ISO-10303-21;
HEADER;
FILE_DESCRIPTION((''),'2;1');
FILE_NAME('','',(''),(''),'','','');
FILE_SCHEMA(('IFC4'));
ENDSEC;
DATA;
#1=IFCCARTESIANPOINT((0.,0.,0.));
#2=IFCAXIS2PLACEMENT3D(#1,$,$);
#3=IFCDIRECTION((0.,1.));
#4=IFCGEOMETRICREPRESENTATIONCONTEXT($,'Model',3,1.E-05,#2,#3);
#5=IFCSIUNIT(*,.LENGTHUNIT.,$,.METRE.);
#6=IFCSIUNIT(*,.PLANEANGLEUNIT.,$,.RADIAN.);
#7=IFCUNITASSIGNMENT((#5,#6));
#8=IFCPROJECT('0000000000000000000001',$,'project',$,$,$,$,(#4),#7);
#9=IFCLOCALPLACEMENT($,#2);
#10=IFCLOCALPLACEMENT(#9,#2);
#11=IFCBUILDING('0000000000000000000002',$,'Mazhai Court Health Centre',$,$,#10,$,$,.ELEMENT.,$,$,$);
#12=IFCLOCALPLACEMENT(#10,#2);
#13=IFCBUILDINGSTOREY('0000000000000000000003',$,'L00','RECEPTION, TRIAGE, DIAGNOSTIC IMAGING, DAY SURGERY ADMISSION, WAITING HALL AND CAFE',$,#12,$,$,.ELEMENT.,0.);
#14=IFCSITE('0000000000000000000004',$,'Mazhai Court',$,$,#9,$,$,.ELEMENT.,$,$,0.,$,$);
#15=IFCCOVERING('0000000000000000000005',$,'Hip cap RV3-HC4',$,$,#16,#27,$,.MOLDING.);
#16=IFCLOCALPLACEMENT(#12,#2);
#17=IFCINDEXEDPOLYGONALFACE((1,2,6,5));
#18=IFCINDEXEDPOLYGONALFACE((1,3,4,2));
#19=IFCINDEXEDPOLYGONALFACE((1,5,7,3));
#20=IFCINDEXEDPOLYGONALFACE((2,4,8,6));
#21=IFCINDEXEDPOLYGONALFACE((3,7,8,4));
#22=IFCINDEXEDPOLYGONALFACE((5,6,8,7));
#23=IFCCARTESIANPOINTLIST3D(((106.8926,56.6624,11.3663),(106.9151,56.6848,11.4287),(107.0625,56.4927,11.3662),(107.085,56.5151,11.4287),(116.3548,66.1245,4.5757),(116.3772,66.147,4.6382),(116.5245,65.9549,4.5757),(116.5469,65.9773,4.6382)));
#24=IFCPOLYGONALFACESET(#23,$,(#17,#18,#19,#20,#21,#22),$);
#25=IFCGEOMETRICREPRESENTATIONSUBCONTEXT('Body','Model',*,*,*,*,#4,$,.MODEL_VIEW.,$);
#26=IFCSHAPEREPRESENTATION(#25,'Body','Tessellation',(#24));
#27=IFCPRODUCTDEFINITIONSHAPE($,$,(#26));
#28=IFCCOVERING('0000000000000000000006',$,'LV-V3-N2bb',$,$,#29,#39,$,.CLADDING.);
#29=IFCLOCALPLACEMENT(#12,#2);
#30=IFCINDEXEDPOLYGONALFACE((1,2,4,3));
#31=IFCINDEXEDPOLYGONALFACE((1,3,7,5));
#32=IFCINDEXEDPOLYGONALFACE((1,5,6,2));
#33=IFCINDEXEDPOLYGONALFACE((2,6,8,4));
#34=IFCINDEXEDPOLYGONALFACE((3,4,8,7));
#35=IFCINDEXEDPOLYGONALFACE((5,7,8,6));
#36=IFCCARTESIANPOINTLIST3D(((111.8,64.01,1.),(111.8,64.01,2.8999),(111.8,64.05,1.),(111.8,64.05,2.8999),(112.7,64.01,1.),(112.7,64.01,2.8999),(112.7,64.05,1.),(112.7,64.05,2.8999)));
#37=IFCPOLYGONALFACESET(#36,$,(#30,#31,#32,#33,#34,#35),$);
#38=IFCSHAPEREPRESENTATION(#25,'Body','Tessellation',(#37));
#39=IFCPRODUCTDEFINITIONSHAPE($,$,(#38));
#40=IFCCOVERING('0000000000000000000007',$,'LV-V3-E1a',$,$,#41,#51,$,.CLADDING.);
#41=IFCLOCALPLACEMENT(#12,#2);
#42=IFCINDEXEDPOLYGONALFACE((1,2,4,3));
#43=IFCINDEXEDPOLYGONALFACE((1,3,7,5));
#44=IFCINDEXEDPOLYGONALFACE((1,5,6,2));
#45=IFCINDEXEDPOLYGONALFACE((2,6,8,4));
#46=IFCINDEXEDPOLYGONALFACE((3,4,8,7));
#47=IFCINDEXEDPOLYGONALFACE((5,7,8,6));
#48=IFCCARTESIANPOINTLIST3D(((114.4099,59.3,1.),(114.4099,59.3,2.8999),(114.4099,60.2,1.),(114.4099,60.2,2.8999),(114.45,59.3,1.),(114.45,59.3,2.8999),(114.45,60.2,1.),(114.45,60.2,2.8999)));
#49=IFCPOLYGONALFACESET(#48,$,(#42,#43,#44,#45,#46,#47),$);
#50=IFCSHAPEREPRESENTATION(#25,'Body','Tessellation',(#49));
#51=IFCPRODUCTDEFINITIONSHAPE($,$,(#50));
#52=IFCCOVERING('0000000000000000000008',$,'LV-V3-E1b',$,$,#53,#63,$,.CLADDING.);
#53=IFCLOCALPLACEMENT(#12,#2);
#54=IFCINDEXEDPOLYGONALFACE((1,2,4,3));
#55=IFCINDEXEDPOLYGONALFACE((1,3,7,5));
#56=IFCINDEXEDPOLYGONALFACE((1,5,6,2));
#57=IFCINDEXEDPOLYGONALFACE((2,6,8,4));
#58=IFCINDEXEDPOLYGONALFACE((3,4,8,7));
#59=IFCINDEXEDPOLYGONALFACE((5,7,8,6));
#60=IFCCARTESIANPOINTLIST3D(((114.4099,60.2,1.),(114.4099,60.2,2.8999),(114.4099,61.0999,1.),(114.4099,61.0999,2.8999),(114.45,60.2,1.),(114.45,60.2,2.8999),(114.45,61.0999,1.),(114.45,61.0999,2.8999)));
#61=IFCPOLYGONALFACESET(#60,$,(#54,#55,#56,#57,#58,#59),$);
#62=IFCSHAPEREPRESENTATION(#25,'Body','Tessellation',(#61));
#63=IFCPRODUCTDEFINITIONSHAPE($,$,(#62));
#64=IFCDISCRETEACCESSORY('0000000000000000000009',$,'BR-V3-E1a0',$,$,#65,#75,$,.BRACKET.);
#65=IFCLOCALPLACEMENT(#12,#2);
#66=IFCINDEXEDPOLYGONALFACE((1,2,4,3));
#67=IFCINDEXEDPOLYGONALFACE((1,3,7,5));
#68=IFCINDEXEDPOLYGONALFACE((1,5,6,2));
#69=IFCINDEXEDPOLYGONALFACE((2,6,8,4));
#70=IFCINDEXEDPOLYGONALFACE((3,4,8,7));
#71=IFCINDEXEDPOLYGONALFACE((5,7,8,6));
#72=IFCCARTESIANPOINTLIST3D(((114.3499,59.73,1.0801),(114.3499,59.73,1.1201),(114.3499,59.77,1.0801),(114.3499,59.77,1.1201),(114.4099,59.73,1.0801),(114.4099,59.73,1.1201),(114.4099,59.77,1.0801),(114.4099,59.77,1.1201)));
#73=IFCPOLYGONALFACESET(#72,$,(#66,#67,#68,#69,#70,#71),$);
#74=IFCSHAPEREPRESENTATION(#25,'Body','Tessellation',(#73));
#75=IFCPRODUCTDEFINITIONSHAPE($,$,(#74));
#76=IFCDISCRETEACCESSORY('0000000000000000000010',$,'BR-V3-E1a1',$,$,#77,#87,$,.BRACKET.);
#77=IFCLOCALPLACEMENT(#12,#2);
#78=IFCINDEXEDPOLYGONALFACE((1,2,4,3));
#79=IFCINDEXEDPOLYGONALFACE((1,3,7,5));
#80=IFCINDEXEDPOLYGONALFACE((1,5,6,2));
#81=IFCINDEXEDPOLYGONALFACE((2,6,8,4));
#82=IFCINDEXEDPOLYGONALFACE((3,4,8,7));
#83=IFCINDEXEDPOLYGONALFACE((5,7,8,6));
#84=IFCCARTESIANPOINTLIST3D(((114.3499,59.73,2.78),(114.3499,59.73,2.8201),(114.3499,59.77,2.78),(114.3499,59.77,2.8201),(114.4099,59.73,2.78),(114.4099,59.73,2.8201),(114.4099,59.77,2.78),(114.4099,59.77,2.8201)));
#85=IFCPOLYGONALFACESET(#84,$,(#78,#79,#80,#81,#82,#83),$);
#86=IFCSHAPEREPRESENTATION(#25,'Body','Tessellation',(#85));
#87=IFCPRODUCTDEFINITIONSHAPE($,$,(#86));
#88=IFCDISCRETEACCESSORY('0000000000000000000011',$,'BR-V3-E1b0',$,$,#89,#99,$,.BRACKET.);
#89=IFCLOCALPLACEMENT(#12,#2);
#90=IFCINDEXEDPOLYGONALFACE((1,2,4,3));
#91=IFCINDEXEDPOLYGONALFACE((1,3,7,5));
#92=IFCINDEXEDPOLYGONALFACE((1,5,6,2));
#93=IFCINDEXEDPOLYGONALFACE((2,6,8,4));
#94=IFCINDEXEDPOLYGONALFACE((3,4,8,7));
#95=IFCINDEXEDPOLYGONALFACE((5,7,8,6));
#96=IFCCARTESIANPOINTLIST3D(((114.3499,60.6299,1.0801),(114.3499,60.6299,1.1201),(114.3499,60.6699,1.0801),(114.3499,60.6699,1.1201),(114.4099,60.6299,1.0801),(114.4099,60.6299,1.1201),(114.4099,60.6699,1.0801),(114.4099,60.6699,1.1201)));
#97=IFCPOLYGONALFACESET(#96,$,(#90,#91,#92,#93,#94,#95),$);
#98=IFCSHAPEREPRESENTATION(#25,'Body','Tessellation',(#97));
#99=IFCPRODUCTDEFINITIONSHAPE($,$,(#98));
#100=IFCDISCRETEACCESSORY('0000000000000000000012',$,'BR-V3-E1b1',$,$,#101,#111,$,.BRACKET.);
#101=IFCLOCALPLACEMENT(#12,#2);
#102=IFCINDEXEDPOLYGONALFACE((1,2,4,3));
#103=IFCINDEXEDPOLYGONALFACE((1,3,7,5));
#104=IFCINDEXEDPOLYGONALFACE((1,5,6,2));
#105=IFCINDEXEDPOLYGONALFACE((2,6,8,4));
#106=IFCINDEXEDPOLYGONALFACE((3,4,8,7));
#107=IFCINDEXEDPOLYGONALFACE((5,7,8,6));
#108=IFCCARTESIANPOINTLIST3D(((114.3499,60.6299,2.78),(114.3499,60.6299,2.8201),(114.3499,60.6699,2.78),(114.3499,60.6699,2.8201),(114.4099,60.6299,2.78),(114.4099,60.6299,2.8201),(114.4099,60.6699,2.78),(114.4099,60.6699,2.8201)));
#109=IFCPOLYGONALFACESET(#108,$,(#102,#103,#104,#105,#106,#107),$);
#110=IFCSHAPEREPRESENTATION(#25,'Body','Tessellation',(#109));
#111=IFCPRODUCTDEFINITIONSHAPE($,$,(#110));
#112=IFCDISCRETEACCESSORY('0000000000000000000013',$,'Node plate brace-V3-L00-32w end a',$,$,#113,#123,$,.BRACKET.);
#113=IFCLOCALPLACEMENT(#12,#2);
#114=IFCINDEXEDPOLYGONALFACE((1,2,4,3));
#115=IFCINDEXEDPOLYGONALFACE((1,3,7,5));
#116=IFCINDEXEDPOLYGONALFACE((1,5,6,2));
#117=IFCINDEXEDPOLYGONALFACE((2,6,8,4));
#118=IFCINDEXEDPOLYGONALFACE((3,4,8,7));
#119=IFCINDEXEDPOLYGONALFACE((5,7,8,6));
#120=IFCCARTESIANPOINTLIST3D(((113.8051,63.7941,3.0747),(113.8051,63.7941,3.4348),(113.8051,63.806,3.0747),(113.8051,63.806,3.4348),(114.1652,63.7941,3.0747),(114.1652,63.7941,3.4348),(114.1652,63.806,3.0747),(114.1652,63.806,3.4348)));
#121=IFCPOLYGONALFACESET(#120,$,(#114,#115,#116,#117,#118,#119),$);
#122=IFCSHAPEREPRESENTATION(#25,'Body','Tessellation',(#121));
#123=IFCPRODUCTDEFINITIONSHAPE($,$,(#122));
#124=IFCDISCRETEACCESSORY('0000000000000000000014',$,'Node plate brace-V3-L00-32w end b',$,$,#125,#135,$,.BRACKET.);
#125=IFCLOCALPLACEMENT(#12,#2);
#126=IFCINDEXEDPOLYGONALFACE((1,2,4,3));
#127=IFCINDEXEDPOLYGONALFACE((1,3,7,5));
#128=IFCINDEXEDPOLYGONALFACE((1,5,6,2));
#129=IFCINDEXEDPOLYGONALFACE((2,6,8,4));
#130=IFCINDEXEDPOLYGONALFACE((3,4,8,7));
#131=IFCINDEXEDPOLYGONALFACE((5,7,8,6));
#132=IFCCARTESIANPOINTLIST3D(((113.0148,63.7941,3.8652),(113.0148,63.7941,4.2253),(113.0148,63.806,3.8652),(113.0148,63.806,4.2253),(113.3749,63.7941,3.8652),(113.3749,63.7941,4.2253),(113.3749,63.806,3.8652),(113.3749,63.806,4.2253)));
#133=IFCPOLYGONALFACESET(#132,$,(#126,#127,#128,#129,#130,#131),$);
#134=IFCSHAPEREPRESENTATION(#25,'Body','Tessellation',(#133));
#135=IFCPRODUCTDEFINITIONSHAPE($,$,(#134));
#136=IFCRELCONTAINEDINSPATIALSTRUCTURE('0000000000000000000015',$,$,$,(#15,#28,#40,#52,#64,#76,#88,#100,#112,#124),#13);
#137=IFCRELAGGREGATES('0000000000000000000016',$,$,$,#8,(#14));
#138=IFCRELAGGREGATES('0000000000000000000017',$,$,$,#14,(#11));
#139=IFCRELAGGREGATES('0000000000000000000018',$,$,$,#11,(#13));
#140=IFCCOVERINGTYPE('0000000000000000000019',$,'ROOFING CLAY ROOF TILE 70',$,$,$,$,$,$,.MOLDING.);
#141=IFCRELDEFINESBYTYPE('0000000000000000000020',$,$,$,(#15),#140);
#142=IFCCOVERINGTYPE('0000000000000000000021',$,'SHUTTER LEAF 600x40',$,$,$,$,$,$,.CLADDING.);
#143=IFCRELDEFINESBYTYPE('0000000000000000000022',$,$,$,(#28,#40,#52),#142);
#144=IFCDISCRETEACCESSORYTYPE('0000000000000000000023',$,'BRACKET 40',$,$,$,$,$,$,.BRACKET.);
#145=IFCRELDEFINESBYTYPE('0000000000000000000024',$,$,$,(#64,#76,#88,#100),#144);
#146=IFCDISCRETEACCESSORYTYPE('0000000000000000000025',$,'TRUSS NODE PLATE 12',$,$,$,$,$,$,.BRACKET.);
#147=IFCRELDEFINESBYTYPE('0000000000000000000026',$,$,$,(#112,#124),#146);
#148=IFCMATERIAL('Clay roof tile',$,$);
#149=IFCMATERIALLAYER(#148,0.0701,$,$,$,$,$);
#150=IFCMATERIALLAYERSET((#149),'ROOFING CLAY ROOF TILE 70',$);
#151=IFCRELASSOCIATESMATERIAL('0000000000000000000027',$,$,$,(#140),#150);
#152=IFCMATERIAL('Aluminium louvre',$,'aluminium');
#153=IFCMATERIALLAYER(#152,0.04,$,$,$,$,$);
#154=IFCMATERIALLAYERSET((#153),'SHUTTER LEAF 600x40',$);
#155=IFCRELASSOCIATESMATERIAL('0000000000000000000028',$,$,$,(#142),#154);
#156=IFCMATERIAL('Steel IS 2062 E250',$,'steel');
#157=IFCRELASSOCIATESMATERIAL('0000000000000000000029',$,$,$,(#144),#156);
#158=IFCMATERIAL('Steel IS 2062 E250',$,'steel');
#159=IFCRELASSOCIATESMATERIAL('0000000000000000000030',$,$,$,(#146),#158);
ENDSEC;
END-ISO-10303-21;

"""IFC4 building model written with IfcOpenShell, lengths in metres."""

from ifc_helpers import new_model, si_unit, direction, frame, origin, origin_2d, place, context, subcontext, project, spatial, polyline, rectangle, outline, extrude, material, layer, layer_set, type_object, element, save


model = new_model("IFC4")

# Units and contexts
model_context = context("Model", 3, precision=1e-05, world=origin(), true_north=direction((0.0, 1.0)))
body_context = subcontext(model_context, "Body", "Model", "MODEL_VIEW")
ifc_project = project(units=[si_unit("LENGTHUNIT", "METRE"), si_unit("PLANEANGLEUNIT", "RADIAN")], contexts=[model_context])

# Site, building, storey
site_placement = place(None, origin())
site = spatial("IfcSite", under=ifc_project, at=site_placement, Name="Mazhai Court", CompositionType="ELEMENT", RefElevation=0.0)
building_placement = place(site_placement, origin())
building = spatial("IfcBuilding", under=site, at=building_placement, Name="Mazhai Court Health Centre", CompositionType="ELEMENT")
storey_placement = place(building_placement, origin())
storey = spatial("IfcBuildingStorey", under=building, at=storey_placement, Name="L00", Description="RECEPTION, TRIAGE, DIAGNOSTIC IMAGING, DAY SURGERY ADMISSION, WAITING HALL AND CAFE", CompositionType="ELEMENT", Elevation=0.0)

# Coverings
ifc_material_1 = material(Name="Clay roof tile")
ifc_layer_1 = layer(ifc_material_1, 0.0701)
ifc_layer_set_1 = layer_set([ifc_layer_1], Name="ROOFING CLAY ROOF TILE 70")
covering_type_1 = type_object("IfcCoveringType", Name="ROOFING CLAY ROOF TILE 70", PredefinedType="MOLDING", material=ifc_layer_set_1)
covering_placement = place(storey_placement, frame((116.3772, 66.147, 4.6382), z_axis=(0.31987, 0.3201, 0.891751), x_axis=(-0.630563, -0.630563, 0.452527)))
element("IfcCovering", 1, at=covering_placement, inside=storey, type_object=covering_type_1, Name="Hip cap RV3-HC4", PredefinedType="MOLDING", context=body_context, shape_type="SweptSolid", body=[
    extrude(outline(polyline([(0.0, 0.0), (15.0059, 0.0), (15.0057, 0.2401), (0.0, 0.24), (0.0, 0.0)])), origin(), (0.0, 0.0, -1.0), 0.0701),
])
ifc_material_2 = material(Name="Aluminium louvre", Category="aluminium")
ifc_layer_2 = layer(ifc_material_2, 0.04)
ifc_layer_set_2 = layer_set([ifc_layer_2], Name="SHUTTER LEAF 600x40")
covering_type_2 = type_object("IfcCoveringType", Name="SHUTTER LEAF 600x40", PredefinedType="CLADDING", material=ifc_layer_set_2)
for number, where, z_axis, x_axis, name in (
    (2, (112.25, 64.03, 1.0), (0.0, 0.0, 1.0), (1.0, 0.0, 0.0), "LV-V3-N2bb"),
    (3, (114.4299, 59.75, 1.0), (0.0, 0.0, 1.0), (0.0, 1.0, 0.0), "LV-V3-E1a"),
    (4, (114.4299, 60.6499, 1.0), (0.0, 0.0, 1.0), (0.0, 1.0, 0.0), "LV-V3-E1b"),
):
    element("IfcCovering", number, at=place(storey_placement, frame(where, z_axis=z_axis, x_axis=x_axis)), inside=storey, type_object=covering_type_2, Name=name, PredefinedType="CLADDING", context=body_context, shape_type="SweptSolid", body=[
        extrude(rectangle(XDim=0.8999, YDim=0.04, at=origin_2d()), origin(), (0.0, 0.0, 1.0), 1.8999),
    ])

# Discrete accessories
ifc_material_3 = material(Name="Steel IS 2062 E250", Category="steel")
discrete_accessory_type_1 = type_object("IfcDiscreteAccessoryType", Name="BRACKET 40", PredefinedType="BRACKET", material=ifc_material_3)
for number, where, z_axis, x_axis, name in (
    (5, (114.3799, 59.75, 1.0801), (0.0, 0.0, 1.0), (0.0, 1.0, 0.0), "BR-V3-E1a0"),
    (6, (114.3799, 59.75, 2.78), (0.0, 0.0, 1.0), (0.0, 1.0, 0.0), "BR-V3-E1a1"),
    (7, (114.3799, 60.6499, 1.0801), (0.0, 0.0, 1.0), (0.0, 1.0, 0.0), "BR-V3-E1b0"),
    (8, (114.3799, 60.6499, 2.78), (0.0, 0.0, 1.0), (0.0, 1.0, 0.0), "BR-V3-E1b1"),
):
    element("IfcDiscreteAccessory", number, at=place(storey_placement, frame(where, z_axis=z_axis, x_axis=x_axis)), inside=storey, type_object=discrete_accessory_type_1, Name=name, PredefinedType="BRACKET", context=body_context, shape_type="SweptSolid", body=[
        extrude(rectangle(XDim=0.04, YDim=0.0601, at=origin_2d()), origin(), (0.0, 0.0, 1.0), 0.04),
    ])
ifc_material_4 = material(Name="Steel IS 2062 E250", Category="steel")
discrete_accessory_type_2 = type_object("IfcDiscreteAccessoryType", Name="TRUSS NODE PLATE 12", PredefinedType="BRACKET", material=ifc_material_4)
for number, where, z_axis, x_axis, name in (
    (9, (113.9851, 63.8, 3.0747), (0.0, 0.0, 1.0), (1.0, 0.0, 0.0), "Node plate brace-V3-L00-32w end a"),
    (10, (113.1948, 63.8, 3.8652), (0.0, 0.0, 1.0), (1.0, 0.0, 0.0), "Node plate brace-V3-L00-32w end b"),
):
    element("IfcDiscreteAccessory", number, at=place(storey_placement, frame(where, z_axis=z_axis, x_axis=x_axis)), inside=storey, type_object=discrete_accessory_type_2, Name=name, PredefinedType="BRACKET", context=body_context, shape_type="SweptSolid", body=[
        extrude(rectangle(XDim=0.3601, YDim=0.012, at=origin_2d()), origin(), (0.0, 0.0, 1.0), 0.3601),
    ])

save(model, "model.ifc")
